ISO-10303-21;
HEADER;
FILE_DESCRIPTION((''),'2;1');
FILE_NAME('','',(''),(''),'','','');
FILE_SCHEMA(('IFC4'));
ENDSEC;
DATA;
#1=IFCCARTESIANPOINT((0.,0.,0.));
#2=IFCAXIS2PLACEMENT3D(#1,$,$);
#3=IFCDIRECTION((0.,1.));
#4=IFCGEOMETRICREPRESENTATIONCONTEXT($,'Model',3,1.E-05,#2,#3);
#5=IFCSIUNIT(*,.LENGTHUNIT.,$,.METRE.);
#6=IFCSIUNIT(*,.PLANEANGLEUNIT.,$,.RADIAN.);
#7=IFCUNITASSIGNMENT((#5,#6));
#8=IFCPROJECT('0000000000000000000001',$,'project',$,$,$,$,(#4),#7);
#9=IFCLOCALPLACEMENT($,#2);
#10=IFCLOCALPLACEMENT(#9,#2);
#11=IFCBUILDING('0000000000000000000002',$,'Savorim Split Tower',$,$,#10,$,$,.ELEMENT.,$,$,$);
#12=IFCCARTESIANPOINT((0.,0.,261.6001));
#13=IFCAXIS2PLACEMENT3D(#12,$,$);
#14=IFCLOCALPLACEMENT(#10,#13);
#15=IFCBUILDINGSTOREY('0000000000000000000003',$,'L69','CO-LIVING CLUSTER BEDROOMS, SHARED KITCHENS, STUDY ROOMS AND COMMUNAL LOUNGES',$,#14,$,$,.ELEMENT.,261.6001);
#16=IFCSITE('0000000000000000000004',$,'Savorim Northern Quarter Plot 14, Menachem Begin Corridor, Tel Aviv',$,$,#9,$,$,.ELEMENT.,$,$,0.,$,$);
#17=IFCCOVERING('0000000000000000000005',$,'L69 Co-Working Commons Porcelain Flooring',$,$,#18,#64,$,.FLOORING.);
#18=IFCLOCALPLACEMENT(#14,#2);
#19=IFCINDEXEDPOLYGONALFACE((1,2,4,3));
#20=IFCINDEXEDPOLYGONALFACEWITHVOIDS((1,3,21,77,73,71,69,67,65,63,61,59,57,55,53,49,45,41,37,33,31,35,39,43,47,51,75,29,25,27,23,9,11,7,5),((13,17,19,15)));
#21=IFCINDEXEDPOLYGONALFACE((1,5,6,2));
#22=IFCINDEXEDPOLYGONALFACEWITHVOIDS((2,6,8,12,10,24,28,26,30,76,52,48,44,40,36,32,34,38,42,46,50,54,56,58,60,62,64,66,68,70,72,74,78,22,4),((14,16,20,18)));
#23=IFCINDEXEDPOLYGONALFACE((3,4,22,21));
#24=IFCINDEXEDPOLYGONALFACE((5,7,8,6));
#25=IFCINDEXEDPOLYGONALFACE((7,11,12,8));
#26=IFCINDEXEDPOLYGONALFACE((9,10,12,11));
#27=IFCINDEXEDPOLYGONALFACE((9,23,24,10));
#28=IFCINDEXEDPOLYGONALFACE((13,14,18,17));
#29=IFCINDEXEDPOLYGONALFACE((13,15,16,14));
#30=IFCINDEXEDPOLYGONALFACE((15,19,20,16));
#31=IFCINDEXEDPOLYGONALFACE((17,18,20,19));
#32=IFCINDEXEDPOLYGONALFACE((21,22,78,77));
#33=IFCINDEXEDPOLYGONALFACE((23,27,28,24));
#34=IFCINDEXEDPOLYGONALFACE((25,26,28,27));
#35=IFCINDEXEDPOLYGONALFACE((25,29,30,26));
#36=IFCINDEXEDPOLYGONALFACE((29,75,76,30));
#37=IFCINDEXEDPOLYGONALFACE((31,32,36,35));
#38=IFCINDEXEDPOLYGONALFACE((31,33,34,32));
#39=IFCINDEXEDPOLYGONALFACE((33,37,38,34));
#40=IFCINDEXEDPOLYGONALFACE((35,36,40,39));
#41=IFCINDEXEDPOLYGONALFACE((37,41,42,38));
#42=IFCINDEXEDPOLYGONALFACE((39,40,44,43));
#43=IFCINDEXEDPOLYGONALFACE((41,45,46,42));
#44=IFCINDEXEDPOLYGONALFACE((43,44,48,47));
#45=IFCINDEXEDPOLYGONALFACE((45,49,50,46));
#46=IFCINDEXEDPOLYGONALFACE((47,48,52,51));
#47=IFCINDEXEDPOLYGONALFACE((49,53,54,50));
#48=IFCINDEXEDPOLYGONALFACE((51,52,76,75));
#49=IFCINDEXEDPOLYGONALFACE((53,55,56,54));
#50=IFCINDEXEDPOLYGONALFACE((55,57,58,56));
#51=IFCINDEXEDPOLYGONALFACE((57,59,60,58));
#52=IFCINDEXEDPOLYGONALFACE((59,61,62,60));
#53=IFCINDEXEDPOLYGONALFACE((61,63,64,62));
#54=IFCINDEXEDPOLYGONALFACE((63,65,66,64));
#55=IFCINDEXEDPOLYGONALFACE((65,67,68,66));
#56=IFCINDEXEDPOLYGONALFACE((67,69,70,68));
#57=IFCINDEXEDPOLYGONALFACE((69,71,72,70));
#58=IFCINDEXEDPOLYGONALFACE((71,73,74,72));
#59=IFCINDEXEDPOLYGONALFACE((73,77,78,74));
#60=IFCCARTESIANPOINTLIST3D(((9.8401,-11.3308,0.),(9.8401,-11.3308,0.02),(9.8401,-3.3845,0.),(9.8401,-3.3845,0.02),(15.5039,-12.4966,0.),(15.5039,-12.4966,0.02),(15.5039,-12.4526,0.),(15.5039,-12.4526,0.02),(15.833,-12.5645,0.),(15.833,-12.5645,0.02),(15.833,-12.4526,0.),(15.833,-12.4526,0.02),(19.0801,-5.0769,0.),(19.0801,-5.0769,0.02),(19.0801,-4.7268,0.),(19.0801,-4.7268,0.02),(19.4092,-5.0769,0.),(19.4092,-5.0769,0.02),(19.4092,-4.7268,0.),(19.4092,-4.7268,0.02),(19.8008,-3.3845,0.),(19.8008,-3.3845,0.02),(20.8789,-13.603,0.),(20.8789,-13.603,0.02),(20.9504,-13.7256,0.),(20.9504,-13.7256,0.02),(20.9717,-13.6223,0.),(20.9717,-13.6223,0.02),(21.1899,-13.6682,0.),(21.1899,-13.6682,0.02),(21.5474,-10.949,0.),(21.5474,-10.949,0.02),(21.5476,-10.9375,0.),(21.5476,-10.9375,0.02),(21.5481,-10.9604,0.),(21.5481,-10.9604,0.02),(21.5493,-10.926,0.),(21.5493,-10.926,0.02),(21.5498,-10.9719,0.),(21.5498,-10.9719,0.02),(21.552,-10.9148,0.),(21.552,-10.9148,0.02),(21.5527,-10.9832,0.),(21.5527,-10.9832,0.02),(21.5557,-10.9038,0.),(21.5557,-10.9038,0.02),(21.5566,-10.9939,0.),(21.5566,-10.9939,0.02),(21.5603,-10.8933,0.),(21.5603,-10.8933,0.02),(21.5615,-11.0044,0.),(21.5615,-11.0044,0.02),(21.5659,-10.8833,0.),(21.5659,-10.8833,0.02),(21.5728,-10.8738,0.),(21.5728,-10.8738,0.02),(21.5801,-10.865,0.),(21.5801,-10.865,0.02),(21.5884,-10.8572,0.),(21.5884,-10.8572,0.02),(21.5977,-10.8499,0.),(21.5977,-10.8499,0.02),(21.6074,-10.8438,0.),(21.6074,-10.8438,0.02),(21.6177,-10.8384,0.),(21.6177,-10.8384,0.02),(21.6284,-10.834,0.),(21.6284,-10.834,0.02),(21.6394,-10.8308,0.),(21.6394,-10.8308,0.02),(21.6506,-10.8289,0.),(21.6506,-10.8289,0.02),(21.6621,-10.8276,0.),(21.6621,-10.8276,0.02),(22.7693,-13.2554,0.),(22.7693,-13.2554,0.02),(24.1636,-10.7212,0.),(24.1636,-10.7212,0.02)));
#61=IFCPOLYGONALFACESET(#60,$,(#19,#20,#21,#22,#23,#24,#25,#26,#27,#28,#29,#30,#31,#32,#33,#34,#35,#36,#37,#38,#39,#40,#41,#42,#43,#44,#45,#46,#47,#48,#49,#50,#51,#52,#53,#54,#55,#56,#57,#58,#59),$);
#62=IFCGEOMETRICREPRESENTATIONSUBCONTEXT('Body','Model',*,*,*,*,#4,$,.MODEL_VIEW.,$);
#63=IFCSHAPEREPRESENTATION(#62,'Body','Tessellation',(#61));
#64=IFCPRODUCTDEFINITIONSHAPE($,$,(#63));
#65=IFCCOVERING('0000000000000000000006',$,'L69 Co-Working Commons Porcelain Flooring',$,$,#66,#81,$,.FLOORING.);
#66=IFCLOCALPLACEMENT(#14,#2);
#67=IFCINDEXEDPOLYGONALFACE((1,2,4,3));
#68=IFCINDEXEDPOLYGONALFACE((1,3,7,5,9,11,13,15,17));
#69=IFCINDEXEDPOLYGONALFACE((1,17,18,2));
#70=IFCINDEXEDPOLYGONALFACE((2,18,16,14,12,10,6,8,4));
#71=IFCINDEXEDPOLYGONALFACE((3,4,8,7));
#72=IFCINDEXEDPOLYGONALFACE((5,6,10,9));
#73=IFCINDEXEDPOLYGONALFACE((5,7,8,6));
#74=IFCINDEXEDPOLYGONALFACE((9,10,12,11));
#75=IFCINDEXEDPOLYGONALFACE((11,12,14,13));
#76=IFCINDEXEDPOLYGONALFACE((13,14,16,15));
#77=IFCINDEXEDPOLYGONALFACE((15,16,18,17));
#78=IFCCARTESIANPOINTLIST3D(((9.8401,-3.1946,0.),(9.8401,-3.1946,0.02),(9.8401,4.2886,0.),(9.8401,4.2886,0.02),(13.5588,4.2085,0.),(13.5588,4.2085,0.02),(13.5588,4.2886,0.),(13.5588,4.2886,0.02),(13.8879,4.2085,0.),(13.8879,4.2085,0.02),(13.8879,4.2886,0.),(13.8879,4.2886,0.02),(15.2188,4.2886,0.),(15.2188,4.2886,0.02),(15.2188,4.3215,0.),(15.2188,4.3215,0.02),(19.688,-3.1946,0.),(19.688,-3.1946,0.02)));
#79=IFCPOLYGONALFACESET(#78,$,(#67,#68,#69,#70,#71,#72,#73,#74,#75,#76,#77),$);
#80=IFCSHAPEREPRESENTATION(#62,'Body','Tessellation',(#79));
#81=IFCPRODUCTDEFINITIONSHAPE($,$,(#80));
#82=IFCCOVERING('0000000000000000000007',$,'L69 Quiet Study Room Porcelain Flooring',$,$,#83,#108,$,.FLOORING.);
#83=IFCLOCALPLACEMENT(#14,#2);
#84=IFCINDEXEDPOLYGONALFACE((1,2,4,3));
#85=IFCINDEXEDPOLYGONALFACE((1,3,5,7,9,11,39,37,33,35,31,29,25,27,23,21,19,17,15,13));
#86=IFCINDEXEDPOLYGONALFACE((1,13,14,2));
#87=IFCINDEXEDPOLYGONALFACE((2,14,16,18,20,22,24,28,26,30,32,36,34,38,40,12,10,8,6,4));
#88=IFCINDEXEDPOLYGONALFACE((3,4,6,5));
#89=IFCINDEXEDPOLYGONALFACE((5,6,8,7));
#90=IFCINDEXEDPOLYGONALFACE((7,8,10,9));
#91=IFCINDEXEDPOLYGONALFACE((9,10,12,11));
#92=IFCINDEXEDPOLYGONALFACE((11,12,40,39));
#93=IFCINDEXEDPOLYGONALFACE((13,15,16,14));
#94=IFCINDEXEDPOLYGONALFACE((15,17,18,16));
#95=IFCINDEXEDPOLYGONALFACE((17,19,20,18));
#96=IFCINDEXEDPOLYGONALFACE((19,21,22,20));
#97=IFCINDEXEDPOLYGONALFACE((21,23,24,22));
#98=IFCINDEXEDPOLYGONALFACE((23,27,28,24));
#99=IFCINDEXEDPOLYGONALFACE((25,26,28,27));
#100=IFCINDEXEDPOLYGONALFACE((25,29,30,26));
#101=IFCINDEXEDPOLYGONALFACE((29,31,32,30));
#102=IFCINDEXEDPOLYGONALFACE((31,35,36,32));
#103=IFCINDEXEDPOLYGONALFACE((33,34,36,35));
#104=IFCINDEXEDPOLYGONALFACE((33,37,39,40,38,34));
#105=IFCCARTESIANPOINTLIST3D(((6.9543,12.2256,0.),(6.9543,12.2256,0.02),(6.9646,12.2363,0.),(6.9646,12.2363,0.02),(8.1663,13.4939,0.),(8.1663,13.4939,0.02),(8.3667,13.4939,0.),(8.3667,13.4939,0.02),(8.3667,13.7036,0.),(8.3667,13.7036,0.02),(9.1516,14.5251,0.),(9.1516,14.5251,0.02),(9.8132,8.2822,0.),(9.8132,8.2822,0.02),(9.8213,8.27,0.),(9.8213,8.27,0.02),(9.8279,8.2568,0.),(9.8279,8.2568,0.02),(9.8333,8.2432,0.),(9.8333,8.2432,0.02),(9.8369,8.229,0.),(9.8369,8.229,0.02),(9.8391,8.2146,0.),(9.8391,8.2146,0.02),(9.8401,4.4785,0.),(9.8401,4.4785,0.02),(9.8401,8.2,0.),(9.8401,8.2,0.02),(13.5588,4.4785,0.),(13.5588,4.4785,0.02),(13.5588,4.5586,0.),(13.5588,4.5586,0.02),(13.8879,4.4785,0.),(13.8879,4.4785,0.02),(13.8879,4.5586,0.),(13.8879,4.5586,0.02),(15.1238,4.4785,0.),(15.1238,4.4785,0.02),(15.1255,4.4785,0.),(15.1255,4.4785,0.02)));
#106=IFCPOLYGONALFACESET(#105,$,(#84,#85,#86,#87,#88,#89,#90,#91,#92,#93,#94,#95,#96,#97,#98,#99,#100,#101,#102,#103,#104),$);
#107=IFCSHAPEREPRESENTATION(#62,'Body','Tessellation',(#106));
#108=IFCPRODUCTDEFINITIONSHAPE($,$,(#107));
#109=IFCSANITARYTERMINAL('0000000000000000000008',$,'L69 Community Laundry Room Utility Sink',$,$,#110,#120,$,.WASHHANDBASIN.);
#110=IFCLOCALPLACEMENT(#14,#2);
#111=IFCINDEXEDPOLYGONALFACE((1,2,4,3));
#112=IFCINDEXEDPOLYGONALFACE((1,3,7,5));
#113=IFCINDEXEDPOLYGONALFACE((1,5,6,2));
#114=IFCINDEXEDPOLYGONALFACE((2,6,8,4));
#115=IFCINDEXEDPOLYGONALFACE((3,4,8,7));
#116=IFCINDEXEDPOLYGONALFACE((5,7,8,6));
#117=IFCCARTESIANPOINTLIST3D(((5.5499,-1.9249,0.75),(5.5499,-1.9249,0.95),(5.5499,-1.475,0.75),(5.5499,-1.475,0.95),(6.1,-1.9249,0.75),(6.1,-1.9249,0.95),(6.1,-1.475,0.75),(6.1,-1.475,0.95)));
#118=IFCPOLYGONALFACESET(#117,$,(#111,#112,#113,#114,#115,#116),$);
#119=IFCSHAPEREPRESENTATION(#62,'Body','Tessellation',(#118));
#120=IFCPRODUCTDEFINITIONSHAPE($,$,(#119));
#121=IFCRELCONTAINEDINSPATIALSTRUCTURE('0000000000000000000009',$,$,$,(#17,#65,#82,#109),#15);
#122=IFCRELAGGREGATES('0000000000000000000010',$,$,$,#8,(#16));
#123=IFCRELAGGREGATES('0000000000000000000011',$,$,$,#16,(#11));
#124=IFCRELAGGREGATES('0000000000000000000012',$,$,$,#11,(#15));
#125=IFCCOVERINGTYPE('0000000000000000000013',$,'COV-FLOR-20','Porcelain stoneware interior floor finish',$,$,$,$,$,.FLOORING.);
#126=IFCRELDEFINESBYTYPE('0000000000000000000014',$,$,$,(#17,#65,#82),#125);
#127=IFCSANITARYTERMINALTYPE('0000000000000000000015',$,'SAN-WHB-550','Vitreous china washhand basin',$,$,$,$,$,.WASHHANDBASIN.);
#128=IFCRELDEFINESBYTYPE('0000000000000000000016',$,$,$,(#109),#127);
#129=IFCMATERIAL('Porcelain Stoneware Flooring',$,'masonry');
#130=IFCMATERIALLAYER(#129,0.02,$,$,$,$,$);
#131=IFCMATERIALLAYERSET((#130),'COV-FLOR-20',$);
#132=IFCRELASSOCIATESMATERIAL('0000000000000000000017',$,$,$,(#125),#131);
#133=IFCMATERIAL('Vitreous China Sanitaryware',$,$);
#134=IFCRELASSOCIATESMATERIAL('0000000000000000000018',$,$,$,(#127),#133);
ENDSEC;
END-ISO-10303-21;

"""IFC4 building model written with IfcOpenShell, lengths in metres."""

from ifc_helpers import new_model, si_unit, direction, frame, origin, origin_2d, place, context, subcontext, project, spatial, polyline, rectangle, outline, extrude, material, layer, layer_set, type_object, element, save


model = new_model("IFC4")

# Units and contexts
model_context = context("Model", 3, precision=1e-05, world=origin(), true_north=direction((0.0, 1.0)))
body_context = subcontext(model_context, "Body", "Model", "MODEL_VIEW")
ifc_project = project(units=[si_unit("LENGTHUNIT", "METRE"), si_unit("PLANEANGLEUNIT", "RADIAN")], contexts=[model_context])

# Site, building, storey
site_placement = place(None, origin())
site = spatial("IfcSite", under=ifc_project, at=site_placement, Name="Savorim Northern Quarter Plot 14, Menachem Begin Corridor, Tel Aviv", CompositionType="ELEMENT", RefElevation=0.0)
building_placement = place(site_placement, origin())
building = spatial("IfcBuilding", under=site, at=building_placement, Name="Savorim Split Tower", CompositionType="ELEMENT")
storey_placement = place(building_placement, frame((0.0, 0.0, 261.6001)))
storey = spatial("IfcBuildingStorey", under=building, at=storey_placement, Name="L69", Description="CO-LIVING CLUSTER BEDROOMS, SHARED KITCHENS, STUDY ROOMS AND COMMUNAL LOUNGES", CompositionType="ELEMENT", Elevation=261.6001)

# Coverings
ifc_material_1 = material(Name="Porcelain Stoneware Flooring", Category="masonry")
ifc_layer_1 = layer(ifc_material_1, 0.02)
ifc_layer_set_1 = layer_set([ifc_layer_1], Name="COV-FLOR-20")
covering_type_1 = type_object("IfcCoveringType", Name="COV-FLOR-20", Description="Porcelain stoneware interior floor finish", PredefinedType="FLOORING", material=ifc_layer_set_1)
covering_1_placement = place(storey_placement, origin())
element("IfcCovering", 1, at=covering_1_placement, inside=storey, type_object=covering_type_1, Name="L69 Co-Working Commons Porcelain Flooring", PredefinedType="FLOORING", context=body_context, shape_type="SweptSolid", body=[
    extrude(outline(polyline([(21.6394, -10.8308), (21.6506, -10.8289), (21.6621, -10.8276), (24.1636, -10.7212), (19.8008, -3.3845), (9.8401, -3.3845), (9.8401, -11.3308), (15.5039, -12.4966), (15.5039, -12.4526), (15.833, -12.4526), (15.833, -12.5645), (20.8789, -13.603), (20.9717, -13.6223), (20.9504, -13.7256), (21.1899, -13.6682), (22.7693, -13.2554), (21.5615, -11.0044), (21.5566, -10.9939), (21.5527, -10.9832), (21.5498, -10.9719), (21.5481, -10.9604), (21.5474, -10.949), (21.5476, -10.9375), (21.5493, -10.926), (21.552, -10.9148), (21.5557, -10.9038), (21.5603, -10.8933), (21.5659, -10.8833), (21.5728, -10.8738), (21.5801, -10.865), (21.5884, -10.8572), (21.5977, -10.8499), (21.6074, -10.8438), (21.6177, -10.8384), (21.6284, -10.834), (21.6394, -10.8308)]), holes=[polyline([(19.4092, -5.0769), (19.4092, -4.7268), (19.0801, -4.7268), (19.0801, -5.0769), (19.4092, -5.0769)])]), origin(), (0.0, 0.0, 1.0), 0.02),
])
covering_2_placement = place(storey_placement, origin())
element("IfcCovering", 2, at=covering_2_placement, inside=storey, type_object=covering_type_1, Name="L69 Co-Working Commons Porcelain Flooring", PredefinedType="FLOORING", context=body_context, shape_type="SweptSolid", body=[
    extrude(outline(polyline([(13.5588, 4.2085), (13.5588, 4.2886), (9.8401, 4.2886), (9.8401, -3.1946), (19.688, -3.1946), (15.2188, 4.3215), (15.2188, 4.2886), (13.8879, 4.2886), (13.8879, 4.2085), (13.5588, 4.2085)])), origin(), (0.0, 0.0, 1.0), 0.02),
])
covering_3_placement = place(storey_placement, origin())
element("IfcCovering", 3, at=covering_3_placement, inside=storey, type_object=covering_type_1, Name="L69 Quiet Study Room Porcelain Flooring", PredefinedType="FLOORING", context=body_context, shape_type="SweptSolid", body=[
    extrude(outline(polyline([(13.8879, 4.5586), (13.8879, 4.4785), (15.1238, 4.4785), (15.1255, 4.4785), (9.1516, 14.5251), (8.3667, 13.7036), (8.3667, 13.4939), (8.1663, 13.4939), (6.9646, 12.2363), (6.9543, 12.2256), (9.8132, 8.2822), (9.8213, 8.27), (9.8279, 8.2568), (9.8333, 8.2432), (9.8369, 8.229), (9.8391, 8.2146), (9.8401, 8.2), (9.8401, 4.4785), (13.5588, 4.4785), (13.5588, 4.5586), (13.8879, 4.5586)])), origin(), (0.0, 0.0, 1.0), 0.02),
])

# Sanitary terminal
ifc_material_2 = material(Name="Vitreous China Sanitaryware")
sanitary_terminal_type = type_object("IfcSanitaryTerminalType", Name="SAN-WHB-550", Description="Vitreous china washhand basin", PredefinedType="WASHHANDBASIN", material=ifc_material_2)
sanitary_terminal_placement = place(storey_placement, frame((5.825, -1.7, 0.75), z_axis=(0.0, 0.0, 1.0), x_axis=(1.0, 0.0, 0.0)))
element("IfcSanitaryTerminal", 4, at=sanitary_terminal_placement, inside=storey, type_object=sanitary_terminal_type, Name="L69 Community Laundry Room Utility Sink", PredefinedType="WASHHANDBASIN", context=body_context, shape_type="SweptSolid", body=[
    extrude(rectangle(XDim=0.55, YDim=0.45, at=origin_2d()), origin(), (0.0, 0.0, 1.0), 0.2),
])

save(model, "model.ifc")
